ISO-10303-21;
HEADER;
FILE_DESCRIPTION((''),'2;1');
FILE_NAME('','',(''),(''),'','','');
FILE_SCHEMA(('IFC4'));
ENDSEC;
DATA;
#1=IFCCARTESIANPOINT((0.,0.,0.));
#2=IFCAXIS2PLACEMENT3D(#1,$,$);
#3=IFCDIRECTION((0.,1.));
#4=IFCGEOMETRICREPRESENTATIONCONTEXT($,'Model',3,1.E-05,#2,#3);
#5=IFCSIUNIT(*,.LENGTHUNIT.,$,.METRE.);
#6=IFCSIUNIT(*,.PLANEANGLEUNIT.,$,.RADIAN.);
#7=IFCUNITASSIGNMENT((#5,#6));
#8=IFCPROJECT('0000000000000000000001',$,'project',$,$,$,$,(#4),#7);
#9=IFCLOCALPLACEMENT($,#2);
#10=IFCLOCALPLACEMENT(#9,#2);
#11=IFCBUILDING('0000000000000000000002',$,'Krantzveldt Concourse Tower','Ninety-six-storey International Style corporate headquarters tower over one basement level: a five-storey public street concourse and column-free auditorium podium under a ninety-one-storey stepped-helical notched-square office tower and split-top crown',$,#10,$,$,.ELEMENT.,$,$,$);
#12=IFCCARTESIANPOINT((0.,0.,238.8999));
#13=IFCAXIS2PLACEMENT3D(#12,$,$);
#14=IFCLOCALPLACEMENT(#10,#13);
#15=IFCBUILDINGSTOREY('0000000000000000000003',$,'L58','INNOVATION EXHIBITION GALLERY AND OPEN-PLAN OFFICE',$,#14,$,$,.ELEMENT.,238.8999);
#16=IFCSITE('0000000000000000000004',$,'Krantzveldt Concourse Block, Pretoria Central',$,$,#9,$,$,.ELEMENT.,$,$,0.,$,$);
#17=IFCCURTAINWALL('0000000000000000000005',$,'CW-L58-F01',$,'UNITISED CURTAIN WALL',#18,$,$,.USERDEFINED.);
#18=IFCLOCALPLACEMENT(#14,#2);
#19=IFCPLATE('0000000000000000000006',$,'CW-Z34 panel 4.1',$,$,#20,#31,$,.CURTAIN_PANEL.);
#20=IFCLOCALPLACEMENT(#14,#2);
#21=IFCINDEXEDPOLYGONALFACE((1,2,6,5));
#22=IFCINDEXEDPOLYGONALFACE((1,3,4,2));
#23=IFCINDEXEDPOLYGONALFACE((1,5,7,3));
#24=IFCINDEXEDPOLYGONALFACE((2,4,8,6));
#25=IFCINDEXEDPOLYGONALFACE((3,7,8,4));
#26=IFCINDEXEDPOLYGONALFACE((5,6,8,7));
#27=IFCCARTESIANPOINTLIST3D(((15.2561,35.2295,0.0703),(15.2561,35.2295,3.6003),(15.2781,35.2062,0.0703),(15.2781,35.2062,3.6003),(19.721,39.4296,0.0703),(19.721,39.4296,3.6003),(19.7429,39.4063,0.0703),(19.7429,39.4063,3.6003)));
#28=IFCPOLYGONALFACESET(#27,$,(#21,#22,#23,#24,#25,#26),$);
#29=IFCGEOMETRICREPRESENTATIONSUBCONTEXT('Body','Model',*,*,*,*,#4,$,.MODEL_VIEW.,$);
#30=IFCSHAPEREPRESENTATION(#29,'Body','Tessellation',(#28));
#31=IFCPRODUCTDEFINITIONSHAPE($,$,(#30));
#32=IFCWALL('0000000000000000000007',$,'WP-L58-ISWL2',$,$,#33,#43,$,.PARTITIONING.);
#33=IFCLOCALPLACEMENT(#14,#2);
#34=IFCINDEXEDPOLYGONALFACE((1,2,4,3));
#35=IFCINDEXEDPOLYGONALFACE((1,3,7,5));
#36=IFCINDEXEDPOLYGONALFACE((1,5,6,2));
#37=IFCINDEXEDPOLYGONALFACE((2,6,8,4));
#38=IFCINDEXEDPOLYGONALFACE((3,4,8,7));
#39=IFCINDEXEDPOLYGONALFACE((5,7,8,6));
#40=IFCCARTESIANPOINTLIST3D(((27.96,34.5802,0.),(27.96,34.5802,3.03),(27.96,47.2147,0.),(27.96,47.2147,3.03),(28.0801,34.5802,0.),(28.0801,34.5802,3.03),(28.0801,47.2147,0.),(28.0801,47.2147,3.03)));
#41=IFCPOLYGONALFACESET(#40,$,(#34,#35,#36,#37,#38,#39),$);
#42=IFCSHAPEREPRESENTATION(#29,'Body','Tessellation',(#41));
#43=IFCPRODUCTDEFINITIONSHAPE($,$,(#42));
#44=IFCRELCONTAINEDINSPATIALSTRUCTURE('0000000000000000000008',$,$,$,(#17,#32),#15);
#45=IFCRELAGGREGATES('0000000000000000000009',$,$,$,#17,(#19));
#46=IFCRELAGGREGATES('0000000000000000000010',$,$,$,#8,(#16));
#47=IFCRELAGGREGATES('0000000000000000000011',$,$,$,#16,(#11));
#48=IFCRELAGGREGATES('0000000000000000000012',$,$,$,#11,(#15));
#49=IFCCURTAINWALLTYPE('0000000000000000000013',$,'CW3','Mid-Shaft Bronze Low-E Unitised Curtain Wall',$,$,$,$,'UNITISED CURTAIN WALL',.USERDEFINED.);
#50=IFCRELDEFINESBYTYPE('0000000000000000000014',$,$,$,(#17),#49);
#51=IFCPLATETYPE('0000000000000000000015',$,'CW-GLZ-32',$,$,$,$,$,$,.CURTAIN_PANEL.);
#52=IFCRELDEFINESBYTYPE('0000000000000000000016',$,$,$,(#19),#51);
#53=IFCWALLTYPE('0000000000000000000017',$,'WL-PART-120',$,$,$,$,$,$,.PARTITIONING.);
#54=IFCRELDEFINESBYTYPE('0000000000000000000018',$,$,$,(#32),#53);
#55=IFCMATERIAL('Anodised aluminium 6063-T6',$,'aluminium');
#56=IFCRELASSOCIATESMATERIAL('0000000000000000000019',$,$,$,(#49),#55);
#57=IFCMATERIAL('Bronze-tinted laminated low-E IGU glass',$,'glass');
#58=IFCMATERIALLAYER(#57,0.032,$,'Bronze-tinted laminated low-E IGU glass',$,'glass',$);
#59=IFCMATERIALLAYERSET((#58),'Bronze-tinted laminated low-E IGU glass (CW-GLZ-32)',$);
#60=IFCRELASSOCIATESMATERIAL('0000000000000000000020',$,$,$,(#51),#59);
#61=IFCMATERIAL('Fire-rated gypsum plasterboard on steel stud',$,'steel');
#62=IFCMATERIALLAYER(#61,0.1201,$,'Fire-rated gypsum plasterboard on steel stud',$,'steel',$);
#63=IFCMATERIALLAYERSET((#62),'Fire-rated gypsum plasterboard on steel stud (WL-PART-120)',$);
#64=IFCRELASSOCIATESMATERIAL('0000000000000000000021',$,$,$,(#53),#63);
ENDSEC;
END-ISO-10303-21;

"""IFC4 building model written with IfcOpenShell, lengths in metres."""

from ifc_helpers import new_model, si_unit, direction, frame, frame_2d, origin, origin_2d, place, context, subcontext, project, spatial, rectangle, extrude, source, transform, mapped, material, layer, layer_set, type_object, element, aggregate, save


model = new_model("IFC4")

# Units and contexts
model_context = context("Model", 3, precision=1e-05, world=origin(), true_north=direction((0.0, 1.0)))
body_context = subcontext(model_context, "Body", "Model", "MODEL_VIEW")
ifc_project = project(units=[si_unit("LENGTHUNIT", "METRE"), si_unit("PLANEANGLEUNIT", "RADIAN")], contexts=[model_context])

# Site, building, storey
site_placement = place(None, origin())
site = spatial("IfcSite", under=ifc_project, at=site_placement, Name="Krantzveldt Concourse Block, Pretoria Central", CompositionType="ELEMENT", RefElevation=0.0)
building_placement = place(site_placement, origin())
building = spatial("IfcBuilding", under=site, at=building_placement, Name="Krantzveldt Concourse Tower", Description="Ninety-six-storey International Style corporate headquarters tower over one basement level: a five-storey public street concourse and column-free auditorium podium under a ninety-one-storey stepped-helical notched-square office tower and split-top crown", CompositionType="ELEMENT")
storey_placement = place(building_placement, frame((0.0, 0.0, 238.8999)))
storey = spatial("IfcBuildingStorey", under=building, at=storey_placement, Name="L58", Description="INNOVATION EXHIBITION GALLERY AND OPEN-PLAN OFFICE", CompositionType="ELEMENT", Elevation=238.8999)

# Curtain wall, plate
ifc_material_1 = material(Name="Anodised aluminium 6063-T6", Category="aluminium")
curtain_wall_type = type_object("IfcCurtainWallType", Name="CW3", Description="Mid-Shaft Bronze Low-E Unitised Curtain Wall", ElementType="UNITISED CURTAIN WALL", PredefinedType="USERDEFINED", material=ifc_material_1)
curtain_wall_placement = place(storey_placement, origin())
curtain_wall = element("IfcCurtainWall", 1, at=curtain_wall_placement, inside=storey, type_object=curtain_wall_type, Name="CW-L58-F01", ObjectType="UNITISED CURTAIN WALL", PredefinedType="USERDEFINED")
ifc_material_2 = material(Name="Bronze-tinted laminated low-E IGU glass", Category="glass")
ifc_layer_1 = layer(ifc_material_2, 0.032, Name="Bronze-tinted laminated low-E IGU glass", Category="glass")
ifc_layer_set_1 = layer_set([ifc_layer_1], Name="Bronze-tinted laminated low-E IGU glass (CW-GLZ-32)")
plate_type = type_object("IfcPlateType", Name="CW-GLZ-32", PredefinedType="CURTAIN_PANEL", material=ifc_layer_set_1)
shared_shape_1 = source(origin(), body_context, "Body", "SweptSolid", [
    extrude(rectangle(XDim=6.1299, YDim=0.032, at=origin_2d()), origin(), (0.0, 0.0, 1.0), 3.53),
])
plate_1_placement = place(storey_placement, frame((17.4995, 37.3179, 0.0703), z_axis=(0.0, 0.0, 1.0), x_axis=(-0.728371, -0.685183, 0.0)))
plate_1 = element("IfcPlate", 2, at=plate_1_placement, type_object=plate_type, Name="CW-Z34 panel 4.1", PredefinedType="CURTAIN_PANEL", context=body_context, shape_type="MappedRepresentation", body=[
    mapped(shared_shape_1, transform((0.0, 0.0, 0.0), x_axis=(1.0, 0.0, 0.0), y_axis=(0.0, 1.0, 0.0), z_axis=(0.0, 0.0, 1.0), scale=1.0)),
])
aggregate(curtain_wall, [plate_1])

# Wall
ifc_material_3 = material(Name="Fire-rated gypsum plasterboard on steel stud", Category="steel")
ifc_layer_2 = layer(ifc_material_3, 0.1201, Name="Fire-rated gypsum plasterboard on steel stud", Category="steel")
ifc_layer_set_2 = layer_set([ifc_layer_2], Name="Fire-rated gypsum plasterboard on steel stud (WL-PART-120)")
wall_type = type_object("IfcWallType", Name="WL-PART-120", PredefinedType="PARTITIONING", material=ifc_layer_set_2)
wall_placement = place(storey_placement, frame((28.02, 34.5801, 0.0), z_axis=(0.0, 0.0, 1.0), x_axis=(0.0, 1.0, 0.0)))
element("IfcWall", 3, at=wall_placement, inside=storey, type_object=wall_type, Name="WP-L58-ISWL2", PredefinedType="PARTITIONING", context=body_context, shape_type="SweptSolid", body=[
    extrude(rectangle(XDim=12.6345, YDim=0.1201, at=frame_2d((6.3174, 0.0))), origin(), (0.0, 0.0, 1.0), 3.03),
])

save(model, "model.ifc")
